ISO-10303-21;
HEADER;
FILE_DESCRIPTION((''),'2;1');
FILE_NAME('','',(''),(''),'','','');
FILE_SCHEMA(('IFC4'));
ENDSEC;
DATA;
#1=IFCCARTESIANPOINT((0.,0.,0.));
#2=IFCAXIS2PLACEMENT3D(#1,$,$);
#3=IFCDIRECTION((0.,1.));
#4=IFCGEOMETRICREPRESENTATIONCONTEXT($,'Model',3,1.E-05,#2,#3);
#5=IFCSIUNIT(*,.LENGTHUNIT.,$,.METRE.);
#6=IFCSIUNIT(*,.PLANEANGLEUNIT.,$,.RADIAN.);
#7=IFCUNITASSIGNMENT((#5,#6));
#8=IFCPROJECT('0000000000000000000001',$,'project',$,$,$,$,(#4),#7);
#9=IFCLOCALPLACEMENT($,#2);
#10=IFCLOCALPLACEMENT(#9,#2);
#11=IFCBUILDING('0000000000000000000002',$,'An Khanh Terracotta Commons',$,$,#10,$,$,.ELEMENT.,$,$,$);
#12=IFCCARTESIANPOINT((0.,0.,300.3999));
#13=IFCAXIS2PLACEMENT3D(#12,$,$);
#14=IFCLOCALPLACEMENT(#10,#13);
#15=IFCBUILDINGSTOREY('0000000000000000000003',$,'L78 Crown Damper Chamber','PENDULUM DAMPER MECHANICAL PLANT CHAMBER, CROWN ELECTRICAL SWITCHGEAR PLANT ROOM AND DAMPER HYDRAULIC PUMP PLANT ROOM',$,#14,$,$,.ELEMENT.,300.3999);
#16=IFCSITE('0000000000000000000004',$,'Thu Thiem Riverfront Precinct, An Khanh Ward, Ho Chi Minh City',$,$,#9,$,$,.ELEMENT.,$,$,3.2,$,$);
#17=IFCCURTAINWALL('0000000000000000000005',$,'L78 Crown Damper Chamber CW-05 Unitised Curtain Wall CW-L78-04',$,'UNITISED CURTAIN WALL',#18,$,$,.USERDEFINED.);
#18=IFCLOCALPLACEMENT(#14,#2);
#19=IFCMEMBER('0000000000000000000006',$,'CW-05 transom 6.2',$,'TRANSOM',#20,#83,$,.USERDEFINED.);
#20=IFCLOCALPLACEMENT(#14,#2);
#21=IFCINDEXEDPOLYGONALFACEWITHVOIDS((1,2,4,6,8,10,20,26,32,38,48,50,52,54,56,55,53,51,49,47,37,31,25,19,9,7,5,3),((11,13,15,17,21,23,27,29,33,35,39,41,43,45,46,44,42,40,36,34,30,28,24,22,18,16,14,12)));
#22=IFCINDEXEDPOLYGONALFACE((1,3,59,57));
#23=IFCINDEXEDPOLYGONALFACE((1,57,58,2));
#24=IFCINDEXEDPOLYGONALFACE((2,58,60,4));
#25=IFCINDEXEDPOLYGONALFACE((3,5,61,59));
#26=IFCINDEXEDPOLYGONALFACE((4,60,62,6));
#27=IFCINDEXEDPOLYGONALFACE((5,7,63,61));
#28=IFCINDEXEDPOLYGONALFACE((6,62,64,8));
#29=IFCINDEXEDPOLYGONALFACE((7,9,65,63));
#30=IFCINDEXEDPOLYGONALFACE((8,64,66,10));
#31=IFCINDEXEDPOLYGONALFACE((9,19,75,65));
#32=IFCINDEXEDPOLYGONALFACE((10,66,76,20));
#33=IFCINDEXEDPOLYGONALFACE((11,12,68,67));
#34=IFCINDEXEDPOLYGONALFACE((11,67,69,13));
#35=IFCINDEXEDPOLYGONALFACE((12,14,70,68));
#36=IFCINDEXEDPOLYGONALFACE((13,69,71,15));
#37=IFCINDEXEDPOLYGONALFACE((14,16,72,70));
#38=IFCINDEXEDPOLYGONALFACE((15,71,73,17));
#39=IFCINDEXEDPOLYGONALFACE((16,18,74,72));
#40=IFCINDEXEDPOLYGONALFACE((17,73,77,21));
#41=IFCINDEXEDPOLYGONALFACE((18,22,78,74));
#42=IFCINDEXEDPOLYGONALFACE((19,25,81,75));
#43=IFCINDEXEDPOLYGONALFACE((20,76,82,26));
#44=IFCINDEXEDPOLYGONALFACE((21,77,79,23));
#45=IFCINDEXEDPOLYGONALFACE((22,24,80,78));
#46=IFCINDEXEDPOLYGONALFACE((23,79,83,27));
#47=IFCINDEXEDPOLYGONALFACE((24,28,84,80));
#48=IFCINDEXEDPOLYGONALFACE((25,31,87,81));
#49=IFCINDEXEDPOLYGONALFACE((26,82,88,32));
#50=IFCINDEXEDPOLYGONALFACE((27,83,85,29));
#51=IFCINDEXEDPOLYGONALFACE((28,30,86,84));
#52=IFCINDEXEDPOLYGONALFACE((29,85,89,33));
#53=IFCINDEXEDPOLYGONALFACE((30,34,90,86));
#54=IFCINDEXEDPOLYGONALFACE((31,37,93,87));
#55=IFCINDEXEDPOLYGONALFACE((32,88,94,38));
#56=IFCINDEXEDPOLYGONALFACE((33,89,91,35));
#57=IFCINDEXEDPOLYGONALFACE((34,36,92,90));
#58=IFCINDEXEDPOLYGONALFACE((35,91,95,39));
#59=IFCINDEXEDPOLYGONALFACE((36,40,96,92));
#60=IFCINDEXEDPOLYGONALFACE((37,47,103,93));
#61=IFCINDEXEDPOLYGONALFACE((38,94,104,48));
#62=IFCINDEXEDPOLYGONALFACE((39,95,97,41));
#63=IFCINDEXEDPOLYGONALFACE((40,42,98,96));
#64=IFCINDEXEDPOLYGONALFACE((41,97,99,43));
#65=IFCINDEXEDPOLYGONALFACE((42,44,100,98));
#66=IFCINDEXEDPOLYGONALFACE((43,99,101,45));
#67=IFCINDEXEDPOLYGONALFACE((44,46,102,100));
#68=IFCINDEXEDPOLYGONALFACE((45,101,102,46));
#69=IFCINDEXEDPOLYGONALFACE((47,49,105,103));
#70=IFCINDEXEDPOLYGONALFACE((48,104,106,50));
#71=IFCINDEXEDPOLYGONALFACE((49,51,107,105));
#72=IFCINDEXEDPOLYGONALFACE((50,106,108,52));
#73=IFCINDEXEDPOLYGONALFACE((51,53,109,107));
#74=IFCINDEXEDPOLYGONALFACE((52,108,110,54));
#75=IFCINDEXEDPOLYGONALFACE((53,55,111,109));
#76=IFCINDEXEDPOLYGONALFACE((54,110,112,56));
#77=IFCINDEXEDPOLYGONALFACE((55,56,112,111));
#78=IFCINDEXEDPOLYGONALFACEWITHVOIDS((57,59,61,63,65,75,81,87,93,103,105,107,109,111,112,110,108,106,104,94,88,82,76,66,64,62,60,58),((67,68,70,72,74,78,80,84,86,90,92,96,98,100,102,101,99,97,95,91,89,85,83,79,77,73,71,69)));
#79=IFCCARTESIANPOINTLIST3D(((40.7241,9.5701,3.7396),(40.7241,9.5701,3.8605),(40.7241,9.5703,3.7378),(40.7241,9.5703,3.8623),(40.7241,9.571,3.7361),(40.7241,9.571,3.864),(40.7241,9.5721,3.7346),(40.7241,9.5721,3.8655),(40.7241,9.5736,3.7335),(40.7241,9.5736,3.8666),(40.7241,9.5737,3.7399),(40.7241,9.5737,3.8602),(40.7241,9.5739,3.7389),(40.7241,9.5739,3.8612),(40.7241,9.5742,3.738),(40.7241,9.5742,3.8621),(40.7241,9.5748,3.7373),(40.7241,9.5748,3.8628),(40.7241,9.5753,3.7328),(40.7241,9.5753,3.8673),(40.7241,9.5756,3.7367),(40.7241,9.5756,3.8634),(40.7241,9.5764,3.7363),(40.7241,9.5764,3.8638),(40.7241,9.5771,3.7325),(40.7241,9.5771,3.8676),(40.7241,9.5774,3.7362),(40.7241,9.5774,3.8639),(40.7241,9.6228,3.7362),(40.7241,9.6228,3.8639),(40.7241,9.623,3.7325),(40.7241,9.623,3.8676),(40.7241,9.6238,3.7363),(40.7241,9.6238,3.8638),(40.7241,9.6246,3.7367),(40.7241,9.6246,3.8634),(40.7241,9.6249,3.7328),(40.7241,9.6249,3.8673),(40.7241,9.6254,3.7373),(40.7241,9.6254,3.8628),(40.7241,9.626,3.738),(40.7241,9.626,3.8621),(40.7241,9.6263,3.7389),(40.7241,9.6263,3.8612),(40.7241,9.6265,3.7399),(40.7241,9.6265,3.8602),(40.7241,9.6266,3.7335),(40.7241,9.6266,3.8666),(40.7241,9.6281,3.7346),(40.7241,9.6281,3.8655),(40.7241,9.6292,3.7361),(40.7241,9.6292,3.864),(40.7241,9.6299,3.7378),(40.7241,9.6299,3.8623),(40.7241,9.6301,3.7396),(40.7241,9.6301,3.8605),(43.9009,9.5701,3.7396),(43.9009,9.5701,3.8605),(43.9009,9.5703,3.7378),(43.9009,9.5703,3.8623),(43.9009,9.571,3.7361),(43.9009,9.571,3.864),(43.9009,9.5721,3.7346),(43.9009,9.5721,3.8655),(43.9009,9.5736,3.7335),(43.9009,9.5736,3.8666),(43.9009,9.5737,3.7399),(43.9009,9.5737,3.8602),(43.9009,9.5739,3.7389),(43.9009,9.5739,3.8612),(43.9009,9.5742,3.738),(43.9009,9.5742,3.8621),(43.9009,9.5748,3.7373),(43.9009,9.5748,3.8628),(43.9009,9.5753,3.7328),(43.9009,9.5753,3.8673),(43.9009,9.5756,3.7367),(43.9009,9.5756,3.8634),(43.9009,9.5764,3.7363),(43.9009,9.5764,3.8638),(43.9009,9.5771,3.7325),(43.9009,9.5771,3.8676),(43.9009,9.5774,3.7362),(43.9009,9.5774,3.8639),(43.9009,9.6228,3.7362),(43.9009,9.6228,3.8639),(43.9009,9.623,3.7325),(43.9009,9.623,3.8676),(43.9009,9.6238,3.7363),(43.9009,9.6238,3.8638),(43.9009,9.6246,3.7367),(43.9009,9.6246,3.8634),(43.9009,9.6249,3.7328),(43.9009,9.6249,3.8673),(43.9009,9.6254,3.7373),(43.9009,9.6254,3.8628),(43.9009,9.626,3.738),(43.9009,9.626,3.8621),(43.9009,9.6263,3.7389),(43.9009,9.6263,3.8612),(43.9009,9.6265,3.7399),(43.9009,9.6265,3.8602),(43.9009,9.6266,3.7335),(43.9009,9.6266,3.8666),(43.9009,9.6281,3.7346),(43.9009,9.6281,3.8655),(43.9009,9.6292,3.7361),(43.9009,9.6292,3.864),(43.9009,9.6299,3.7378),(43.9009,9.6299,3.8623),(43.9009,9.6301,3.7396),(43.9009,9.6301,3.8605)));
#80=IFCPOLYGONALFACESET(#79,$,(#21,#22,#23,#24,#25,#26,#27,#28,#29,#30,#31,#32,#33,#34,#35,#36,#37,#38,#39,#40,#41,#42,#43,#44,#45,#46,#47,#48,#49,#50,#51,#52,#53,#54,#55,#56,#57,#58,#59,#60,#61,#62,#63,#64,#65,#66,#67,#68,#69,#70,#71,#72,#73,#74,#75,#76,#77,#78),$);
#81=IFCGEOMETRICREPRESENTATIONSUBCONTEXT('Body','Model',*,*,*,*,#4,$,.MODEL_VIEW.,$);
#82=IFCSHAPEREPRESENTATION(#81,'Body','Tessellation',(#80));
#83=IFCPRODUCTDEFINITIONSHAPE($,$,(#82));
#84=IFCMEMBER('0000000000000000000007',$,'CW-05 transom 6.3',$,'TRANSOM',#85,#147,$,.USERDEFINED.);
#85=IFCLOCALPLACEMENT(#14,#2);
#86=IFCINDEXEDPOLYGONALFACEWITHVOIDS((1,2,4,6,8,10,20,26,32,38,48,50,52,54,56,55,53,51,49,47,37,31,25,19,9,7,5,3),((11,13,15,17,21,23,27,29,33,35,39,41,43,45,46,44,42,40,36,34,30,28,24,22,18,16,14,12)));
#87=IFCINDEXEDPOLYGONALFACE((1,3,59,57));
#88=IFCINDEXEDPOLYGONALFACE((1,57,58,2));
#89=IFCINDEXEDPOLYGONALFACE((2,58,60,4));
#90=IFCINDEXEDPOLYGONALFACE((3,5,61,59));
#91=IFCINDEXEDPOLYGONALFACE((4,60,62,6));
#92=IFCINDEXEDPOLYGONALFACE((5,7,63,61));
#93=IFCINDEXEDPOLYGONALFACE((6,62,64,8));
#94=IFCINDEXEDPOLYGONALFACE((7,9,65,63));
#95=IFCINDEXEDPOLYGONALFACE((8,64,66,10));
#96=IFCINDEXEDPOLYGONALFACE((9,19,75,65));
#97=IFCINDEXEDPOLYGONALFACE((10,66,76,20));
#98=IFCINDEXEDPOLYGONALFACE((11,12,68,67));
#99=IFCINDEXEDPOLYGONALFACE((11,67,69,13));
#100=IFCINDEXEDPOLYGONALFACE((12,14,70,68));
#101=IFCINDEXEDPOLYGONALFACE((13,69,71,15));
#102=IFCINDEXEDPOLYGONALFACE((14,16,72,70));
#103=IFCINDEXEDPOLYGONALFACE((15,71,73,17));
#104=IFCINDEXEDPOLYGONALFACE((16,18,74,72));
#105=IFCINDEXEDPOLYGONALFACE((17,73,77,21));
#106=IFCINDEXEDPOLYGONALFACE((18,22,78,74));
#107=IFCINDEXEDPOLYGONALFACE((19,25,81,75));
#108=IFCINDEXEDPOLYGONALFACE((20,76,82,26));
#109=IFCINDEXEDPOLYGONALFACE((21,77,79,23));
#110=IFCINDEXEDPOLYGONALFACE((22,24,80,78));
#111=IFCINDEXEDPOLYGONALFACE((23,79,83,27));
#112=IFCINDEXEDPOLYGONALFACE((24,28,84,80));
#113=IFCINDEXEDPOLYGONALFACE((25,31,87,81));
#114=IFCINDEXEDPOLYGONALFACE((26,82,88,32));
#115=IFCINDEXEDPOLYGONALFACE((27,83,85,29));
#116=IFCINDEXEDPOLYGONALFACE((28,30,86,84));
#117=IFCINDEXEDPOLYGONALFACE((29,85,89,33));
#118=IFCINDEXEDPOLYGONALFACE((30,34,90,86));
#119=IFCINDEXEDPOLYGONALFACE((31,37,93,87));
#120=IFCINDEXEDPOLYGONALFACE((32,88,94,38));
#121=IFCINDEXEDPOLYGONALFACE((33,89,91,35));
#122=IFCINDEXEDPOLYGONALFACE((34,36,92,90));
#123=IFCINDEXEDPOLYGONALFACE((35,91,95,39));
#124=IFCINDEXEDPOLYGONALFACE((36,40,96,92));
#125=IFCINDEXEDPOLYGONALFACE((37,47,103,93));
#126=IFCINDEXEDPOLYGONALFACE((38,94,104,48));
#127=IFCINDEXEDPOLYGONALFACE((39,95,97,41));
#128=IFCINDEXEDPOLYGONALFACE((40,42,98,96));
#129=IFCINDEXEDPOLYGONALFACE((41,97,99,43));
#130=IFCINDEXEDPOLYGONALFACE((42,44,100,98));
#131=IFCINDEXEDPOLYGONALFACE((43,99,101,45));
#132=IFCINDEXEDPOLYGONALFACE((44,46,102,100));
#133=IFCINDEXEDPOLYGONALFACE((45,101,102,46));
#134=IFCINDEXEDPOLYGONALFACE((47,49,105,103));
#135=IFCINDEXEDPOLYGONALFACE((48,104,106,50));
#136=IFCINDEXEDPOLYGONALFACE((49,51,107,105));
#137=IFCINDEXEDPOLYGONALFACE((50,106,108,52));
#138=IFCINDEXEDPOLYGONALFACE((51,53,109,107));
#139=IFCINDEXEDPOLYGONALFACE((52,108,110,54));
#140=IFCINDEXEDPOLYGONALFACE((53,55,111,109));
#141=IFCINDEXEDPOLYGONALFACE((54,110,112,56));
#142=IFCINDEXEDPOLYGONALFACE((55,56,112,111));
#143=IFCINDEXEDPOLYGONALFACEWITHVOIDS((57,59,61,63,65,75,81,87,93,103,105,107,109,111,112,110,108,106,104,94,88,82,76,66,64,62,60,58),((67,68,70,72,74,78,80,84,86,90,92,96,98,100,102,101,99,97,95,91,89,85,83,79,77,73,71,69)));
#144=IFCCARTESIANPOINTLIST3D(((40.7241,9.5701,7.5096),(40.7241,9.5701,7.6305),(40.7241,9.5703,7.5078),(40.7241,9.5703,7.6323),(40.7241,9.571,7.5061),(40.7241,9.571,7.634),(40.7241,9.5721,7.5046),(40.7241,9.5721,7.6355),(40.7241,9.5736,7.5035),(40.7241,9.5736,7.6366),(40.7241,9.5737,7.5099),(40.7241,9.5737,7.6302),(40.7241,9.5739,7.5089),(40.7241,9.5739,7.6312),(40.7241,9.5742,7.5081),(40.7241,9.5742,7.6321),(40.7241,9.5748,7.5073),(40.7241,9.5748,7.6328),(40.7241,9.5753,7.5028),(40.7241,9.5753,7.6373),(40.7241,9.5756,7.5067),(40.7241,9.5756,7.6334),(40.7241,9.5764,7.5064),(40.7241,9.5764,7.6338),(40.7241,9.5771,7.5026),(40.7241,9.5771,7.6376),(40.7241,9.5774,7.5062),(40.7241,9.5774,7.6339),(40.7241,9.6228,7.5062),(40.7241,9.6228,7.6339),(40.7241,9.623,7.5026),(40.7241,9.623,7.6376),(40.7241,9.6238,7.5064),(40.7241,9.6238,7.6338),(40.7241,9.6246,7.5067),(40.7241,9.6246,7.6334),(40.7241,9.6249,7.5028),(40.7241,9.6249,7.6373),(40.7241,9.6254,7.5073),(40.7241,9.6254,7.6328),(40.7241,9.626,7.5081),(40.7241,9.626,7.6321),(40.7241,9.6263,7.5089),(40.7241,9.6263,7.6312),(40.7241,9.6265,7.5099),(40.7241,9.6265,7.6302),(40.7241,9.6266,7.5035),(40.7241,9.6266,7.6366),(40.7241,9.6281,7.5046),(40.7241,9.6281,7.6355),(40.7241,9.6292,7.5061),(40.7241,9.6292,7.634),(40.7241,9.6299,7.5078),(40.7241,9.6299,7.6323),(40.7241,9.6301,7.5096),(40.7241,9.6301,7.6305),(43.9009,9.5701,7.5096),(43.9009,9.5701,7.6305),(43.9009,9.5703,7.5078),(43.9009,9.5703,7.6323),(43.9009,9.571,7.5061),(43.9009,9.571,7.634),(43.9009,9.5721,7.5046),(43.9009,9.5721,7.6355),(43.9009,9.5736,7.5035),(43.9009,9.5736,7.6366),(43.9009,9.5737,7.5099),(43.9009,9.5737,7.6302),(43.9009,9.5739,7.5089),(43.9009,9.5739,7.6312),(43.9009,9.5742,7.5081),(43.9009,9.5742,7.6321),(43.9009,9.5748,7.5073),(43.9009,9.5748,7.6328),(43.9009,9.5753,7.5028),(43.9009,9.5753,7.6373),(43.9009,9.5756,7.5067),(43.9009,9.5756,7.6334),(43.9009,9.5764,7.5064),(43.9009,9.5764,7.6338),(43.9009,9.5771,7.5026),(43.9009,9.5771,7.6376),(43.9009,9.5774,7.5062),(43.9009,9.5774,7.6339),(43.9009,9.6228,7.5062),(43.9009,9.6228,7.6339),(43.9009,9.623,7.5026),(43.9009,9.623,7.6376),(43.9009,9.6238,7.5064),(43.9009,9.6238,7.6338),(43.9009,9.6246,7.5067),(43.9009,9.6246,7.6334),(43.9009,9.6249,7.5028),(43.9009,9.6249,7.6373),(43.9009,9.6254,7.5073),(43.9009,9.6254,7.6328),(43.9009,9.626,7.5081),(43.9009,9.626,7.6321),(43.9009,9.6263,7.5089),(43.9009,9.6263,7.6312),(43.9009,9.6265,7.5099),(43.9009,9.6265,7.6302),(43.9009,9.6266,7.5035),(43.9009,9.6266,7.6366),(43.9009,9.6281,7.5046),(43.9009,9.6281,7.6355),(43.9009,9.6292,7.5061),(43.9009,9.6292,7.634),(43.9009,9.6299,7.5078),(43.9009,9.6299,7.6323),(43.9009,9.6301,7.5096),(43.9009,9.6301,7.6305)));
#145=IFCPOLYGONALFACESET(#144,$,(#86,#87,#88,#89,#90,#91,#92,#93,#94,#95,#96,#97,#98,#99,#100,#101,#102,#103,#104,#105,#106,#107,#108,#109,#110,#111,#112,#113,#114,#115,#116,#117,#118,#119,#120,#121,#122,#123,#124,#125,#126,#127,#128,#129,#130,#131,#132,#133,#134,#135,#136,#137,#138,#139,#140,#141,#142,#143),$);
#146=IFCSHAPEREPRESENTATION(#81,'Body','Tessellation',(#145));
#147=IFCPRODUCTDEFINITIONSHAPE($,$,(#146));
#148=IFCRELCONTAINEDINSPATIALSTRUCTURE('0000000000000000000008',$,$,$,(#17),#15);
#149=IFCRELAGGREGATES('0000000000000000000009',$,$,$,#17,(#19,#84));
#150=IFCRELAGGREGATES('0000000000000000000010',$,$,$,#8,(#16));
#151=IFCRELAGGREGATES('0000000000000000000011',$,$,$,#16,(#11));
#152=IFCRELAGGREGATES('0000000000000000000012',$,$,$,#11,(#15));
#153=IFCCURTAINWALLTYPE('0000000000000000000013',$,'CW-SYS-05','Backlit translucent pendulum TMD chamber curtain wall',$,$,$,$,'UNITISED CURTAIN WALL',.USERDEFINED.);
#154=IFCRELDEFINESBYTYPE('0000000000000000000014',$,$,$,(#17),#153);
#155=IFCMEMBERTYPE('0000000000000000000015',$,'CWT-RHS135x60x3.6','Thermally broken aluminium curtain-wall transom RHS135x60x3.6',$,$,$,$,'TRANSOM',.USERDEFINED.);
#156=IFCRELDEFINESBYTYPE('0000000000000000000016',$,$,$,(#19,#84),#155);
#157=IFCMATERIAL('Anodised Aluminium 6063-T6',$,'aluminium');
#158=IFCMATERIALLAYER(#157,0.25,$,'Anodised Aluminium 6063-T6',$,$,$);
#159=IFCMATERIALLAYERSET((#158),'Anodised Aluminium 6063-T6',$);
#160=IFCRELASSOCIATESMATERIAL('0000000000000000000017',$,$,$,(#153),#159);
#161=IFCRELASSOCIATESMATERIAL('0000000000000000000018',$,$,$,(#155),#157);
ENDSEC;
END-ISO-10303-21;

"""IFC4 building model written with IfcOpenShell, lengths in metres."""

from ifc_helpers import new_model, si_unit, direction, frame, origin, origin_2d, place, context, subcontext, project, spatial, hollow_rectangle, extrude, material, layer, layer_set, material_profile, profile_set, type_object, element, aggregate, save


model = new_model("IFC4")

# Units and contexts
model_context = context("Model", 3, precision=1e-05, world=origin(), true_north=direction((0.0, 1.0)))
body_context = subcontext(model_context, "Body", "Model", "MODEL_VIEW")
ifc_project = project(units=[si_unit("LENGTHUNIT", "METRE"), si_unit("PLANEANGLEUNIT", "RADIAN")], contexts=[model_context])

# Site, building, storey
site_placement = place(None, origin())
site = spatial("IfcSite", under=ifc_project, at=site_placement, Name="Thu Thiem Riverfront Precinct, An Khanh Ward, Ho Chi Minh City", CompositionType="ELEMENT", RefElevation=3.2)
building_placement = place(site_placement, origin())
building = spatial("IfcBuilding", under=site, at=building_placement, Name="An Khanh Terracotta Commons", CompositionType="ELEMENT")
storey_placement = place(building_placement, frame((0.0, 0.0, 300.3999)))
storey = spatial("IfcBuildingStorey", under=building, at=storey_placement, Name="L78 Crown Damper Chamber", Description="PENDULUM DAMPER MECHANICAL PLANT CHAMBER, CROWN ELECTRICAL SWITCHGEAR PLANT ROOM AND DAMPER HYDRAULIC PUMP PLANT ROOM", CompositionType="ELEMENT", Elevation=300.3999)

# Curtain wall, members
ifc_material_1 = material(Name="Anodised Aluminium 6063-T6", Category="aluminium")
ifc_layer_1 = layer(ifc_material_1, 0.25, Name="Anodised Aluminium 6063-T6")
ifc_layer_set_1 = layer_set([ifc_layer_1], Name="Anodised Aluminium 6063-T6")
curtain_wall_type = type_object("IfcCurtainWallType", Name="CW-SYS-05", Description="Backlit translucent pendulum TMD chamber curtain wall", ElementType="UNITISED CURTAIN WALL", PredefinedType="USERDEFINED", material=ifc_layer_set_1)
curtain_wall_placement = place(storey_placement, origin())
curtain_wall = element("IfcCurtainWall", 1, at=curtain_wall_placement, inside=storey, type_object=curtain_wall_type, Name="L78 Crown Damper Chamber CW-05 Unitised Curtain Wall CW-L78-04", ObjectType="UNITISED CURTAIN WALL", PredefinedType="USERDEFINED")
ifc_material_profile_1 = material_profile(ifc_material_1, hollow_rectangle(XDim=0.0601, YDim=0.135, WallThickness=0.0037, InnerFilletRadius=0.0037, OuterFilletRadius=0.0071, at=origin_2d()), Name="RHS135x60x3.6")
ifc_profile_set_1 = profile_set([ifc_material_profile_1], Name="Anodised Aluminium 6063-T6")
member_type_1 = type_object("IfcMemberType", Name="CWT-RHS135x60x3.6", Description="Thermally broken aluminium curtain-wall transom RHS135x60x3.6", ElementType="TRANSOM", PredefinedType="USERDEFINED", material=ifc_profile_set_1)
member_1_placement = place(storey_placement, frame((40.7241, 9.6001, 3.8), z_axis=(1.0, 0.0, 0.0), x_axis=(0.0, 1.0, 0.0)))
member_1 = element("IfcMember", 2, at=member_1_placement, type_object=member_type_1, Name="CW-05 transom 6.2", ObjectType="TRANSOM", PredefinedType="USERDEFINED", context=body_context, shape_type="SweptSolid", body=[
    extrude(hollow_rectangle(XDim=0.0601, YDim=0.135, WallThickness=0.0037, InnerFilletRadius=0.0037, OuterFilletRadius=0.0071, at=origin_2d()), origin(), (0.0, 0.0, 1.0), 3.1768),
])
member_2_placement = place(storey_placement, frame((40.7241, 9.6001, 7.5701), z_axis=(1.0, 0.0, 0.0), x_axis=(0.0, 1.0, 0.0)))
member_2 = element("IfcMember", 3, at=member_2_placement, type_object=member_type_1, Name="CW-05 transom 6.3", ObjectType="TRANSOM", PredefinedType="USERDEFINED", context=body_context, shape_type="SweptSolid", body=[
    extrude(hollow_rectangle(XDim=0.0601, YDim=0.135, WallThickness=0.0037, InnerFilletRadius=0.0037, OuterFilletRadius=0.0071, at=origin_2d()), origin(), (0.0, 0.0, 1.0), 3.1768),
])

aggregate(curtain_wall, [member_1, member_2])

save(model, "model.ifc")
